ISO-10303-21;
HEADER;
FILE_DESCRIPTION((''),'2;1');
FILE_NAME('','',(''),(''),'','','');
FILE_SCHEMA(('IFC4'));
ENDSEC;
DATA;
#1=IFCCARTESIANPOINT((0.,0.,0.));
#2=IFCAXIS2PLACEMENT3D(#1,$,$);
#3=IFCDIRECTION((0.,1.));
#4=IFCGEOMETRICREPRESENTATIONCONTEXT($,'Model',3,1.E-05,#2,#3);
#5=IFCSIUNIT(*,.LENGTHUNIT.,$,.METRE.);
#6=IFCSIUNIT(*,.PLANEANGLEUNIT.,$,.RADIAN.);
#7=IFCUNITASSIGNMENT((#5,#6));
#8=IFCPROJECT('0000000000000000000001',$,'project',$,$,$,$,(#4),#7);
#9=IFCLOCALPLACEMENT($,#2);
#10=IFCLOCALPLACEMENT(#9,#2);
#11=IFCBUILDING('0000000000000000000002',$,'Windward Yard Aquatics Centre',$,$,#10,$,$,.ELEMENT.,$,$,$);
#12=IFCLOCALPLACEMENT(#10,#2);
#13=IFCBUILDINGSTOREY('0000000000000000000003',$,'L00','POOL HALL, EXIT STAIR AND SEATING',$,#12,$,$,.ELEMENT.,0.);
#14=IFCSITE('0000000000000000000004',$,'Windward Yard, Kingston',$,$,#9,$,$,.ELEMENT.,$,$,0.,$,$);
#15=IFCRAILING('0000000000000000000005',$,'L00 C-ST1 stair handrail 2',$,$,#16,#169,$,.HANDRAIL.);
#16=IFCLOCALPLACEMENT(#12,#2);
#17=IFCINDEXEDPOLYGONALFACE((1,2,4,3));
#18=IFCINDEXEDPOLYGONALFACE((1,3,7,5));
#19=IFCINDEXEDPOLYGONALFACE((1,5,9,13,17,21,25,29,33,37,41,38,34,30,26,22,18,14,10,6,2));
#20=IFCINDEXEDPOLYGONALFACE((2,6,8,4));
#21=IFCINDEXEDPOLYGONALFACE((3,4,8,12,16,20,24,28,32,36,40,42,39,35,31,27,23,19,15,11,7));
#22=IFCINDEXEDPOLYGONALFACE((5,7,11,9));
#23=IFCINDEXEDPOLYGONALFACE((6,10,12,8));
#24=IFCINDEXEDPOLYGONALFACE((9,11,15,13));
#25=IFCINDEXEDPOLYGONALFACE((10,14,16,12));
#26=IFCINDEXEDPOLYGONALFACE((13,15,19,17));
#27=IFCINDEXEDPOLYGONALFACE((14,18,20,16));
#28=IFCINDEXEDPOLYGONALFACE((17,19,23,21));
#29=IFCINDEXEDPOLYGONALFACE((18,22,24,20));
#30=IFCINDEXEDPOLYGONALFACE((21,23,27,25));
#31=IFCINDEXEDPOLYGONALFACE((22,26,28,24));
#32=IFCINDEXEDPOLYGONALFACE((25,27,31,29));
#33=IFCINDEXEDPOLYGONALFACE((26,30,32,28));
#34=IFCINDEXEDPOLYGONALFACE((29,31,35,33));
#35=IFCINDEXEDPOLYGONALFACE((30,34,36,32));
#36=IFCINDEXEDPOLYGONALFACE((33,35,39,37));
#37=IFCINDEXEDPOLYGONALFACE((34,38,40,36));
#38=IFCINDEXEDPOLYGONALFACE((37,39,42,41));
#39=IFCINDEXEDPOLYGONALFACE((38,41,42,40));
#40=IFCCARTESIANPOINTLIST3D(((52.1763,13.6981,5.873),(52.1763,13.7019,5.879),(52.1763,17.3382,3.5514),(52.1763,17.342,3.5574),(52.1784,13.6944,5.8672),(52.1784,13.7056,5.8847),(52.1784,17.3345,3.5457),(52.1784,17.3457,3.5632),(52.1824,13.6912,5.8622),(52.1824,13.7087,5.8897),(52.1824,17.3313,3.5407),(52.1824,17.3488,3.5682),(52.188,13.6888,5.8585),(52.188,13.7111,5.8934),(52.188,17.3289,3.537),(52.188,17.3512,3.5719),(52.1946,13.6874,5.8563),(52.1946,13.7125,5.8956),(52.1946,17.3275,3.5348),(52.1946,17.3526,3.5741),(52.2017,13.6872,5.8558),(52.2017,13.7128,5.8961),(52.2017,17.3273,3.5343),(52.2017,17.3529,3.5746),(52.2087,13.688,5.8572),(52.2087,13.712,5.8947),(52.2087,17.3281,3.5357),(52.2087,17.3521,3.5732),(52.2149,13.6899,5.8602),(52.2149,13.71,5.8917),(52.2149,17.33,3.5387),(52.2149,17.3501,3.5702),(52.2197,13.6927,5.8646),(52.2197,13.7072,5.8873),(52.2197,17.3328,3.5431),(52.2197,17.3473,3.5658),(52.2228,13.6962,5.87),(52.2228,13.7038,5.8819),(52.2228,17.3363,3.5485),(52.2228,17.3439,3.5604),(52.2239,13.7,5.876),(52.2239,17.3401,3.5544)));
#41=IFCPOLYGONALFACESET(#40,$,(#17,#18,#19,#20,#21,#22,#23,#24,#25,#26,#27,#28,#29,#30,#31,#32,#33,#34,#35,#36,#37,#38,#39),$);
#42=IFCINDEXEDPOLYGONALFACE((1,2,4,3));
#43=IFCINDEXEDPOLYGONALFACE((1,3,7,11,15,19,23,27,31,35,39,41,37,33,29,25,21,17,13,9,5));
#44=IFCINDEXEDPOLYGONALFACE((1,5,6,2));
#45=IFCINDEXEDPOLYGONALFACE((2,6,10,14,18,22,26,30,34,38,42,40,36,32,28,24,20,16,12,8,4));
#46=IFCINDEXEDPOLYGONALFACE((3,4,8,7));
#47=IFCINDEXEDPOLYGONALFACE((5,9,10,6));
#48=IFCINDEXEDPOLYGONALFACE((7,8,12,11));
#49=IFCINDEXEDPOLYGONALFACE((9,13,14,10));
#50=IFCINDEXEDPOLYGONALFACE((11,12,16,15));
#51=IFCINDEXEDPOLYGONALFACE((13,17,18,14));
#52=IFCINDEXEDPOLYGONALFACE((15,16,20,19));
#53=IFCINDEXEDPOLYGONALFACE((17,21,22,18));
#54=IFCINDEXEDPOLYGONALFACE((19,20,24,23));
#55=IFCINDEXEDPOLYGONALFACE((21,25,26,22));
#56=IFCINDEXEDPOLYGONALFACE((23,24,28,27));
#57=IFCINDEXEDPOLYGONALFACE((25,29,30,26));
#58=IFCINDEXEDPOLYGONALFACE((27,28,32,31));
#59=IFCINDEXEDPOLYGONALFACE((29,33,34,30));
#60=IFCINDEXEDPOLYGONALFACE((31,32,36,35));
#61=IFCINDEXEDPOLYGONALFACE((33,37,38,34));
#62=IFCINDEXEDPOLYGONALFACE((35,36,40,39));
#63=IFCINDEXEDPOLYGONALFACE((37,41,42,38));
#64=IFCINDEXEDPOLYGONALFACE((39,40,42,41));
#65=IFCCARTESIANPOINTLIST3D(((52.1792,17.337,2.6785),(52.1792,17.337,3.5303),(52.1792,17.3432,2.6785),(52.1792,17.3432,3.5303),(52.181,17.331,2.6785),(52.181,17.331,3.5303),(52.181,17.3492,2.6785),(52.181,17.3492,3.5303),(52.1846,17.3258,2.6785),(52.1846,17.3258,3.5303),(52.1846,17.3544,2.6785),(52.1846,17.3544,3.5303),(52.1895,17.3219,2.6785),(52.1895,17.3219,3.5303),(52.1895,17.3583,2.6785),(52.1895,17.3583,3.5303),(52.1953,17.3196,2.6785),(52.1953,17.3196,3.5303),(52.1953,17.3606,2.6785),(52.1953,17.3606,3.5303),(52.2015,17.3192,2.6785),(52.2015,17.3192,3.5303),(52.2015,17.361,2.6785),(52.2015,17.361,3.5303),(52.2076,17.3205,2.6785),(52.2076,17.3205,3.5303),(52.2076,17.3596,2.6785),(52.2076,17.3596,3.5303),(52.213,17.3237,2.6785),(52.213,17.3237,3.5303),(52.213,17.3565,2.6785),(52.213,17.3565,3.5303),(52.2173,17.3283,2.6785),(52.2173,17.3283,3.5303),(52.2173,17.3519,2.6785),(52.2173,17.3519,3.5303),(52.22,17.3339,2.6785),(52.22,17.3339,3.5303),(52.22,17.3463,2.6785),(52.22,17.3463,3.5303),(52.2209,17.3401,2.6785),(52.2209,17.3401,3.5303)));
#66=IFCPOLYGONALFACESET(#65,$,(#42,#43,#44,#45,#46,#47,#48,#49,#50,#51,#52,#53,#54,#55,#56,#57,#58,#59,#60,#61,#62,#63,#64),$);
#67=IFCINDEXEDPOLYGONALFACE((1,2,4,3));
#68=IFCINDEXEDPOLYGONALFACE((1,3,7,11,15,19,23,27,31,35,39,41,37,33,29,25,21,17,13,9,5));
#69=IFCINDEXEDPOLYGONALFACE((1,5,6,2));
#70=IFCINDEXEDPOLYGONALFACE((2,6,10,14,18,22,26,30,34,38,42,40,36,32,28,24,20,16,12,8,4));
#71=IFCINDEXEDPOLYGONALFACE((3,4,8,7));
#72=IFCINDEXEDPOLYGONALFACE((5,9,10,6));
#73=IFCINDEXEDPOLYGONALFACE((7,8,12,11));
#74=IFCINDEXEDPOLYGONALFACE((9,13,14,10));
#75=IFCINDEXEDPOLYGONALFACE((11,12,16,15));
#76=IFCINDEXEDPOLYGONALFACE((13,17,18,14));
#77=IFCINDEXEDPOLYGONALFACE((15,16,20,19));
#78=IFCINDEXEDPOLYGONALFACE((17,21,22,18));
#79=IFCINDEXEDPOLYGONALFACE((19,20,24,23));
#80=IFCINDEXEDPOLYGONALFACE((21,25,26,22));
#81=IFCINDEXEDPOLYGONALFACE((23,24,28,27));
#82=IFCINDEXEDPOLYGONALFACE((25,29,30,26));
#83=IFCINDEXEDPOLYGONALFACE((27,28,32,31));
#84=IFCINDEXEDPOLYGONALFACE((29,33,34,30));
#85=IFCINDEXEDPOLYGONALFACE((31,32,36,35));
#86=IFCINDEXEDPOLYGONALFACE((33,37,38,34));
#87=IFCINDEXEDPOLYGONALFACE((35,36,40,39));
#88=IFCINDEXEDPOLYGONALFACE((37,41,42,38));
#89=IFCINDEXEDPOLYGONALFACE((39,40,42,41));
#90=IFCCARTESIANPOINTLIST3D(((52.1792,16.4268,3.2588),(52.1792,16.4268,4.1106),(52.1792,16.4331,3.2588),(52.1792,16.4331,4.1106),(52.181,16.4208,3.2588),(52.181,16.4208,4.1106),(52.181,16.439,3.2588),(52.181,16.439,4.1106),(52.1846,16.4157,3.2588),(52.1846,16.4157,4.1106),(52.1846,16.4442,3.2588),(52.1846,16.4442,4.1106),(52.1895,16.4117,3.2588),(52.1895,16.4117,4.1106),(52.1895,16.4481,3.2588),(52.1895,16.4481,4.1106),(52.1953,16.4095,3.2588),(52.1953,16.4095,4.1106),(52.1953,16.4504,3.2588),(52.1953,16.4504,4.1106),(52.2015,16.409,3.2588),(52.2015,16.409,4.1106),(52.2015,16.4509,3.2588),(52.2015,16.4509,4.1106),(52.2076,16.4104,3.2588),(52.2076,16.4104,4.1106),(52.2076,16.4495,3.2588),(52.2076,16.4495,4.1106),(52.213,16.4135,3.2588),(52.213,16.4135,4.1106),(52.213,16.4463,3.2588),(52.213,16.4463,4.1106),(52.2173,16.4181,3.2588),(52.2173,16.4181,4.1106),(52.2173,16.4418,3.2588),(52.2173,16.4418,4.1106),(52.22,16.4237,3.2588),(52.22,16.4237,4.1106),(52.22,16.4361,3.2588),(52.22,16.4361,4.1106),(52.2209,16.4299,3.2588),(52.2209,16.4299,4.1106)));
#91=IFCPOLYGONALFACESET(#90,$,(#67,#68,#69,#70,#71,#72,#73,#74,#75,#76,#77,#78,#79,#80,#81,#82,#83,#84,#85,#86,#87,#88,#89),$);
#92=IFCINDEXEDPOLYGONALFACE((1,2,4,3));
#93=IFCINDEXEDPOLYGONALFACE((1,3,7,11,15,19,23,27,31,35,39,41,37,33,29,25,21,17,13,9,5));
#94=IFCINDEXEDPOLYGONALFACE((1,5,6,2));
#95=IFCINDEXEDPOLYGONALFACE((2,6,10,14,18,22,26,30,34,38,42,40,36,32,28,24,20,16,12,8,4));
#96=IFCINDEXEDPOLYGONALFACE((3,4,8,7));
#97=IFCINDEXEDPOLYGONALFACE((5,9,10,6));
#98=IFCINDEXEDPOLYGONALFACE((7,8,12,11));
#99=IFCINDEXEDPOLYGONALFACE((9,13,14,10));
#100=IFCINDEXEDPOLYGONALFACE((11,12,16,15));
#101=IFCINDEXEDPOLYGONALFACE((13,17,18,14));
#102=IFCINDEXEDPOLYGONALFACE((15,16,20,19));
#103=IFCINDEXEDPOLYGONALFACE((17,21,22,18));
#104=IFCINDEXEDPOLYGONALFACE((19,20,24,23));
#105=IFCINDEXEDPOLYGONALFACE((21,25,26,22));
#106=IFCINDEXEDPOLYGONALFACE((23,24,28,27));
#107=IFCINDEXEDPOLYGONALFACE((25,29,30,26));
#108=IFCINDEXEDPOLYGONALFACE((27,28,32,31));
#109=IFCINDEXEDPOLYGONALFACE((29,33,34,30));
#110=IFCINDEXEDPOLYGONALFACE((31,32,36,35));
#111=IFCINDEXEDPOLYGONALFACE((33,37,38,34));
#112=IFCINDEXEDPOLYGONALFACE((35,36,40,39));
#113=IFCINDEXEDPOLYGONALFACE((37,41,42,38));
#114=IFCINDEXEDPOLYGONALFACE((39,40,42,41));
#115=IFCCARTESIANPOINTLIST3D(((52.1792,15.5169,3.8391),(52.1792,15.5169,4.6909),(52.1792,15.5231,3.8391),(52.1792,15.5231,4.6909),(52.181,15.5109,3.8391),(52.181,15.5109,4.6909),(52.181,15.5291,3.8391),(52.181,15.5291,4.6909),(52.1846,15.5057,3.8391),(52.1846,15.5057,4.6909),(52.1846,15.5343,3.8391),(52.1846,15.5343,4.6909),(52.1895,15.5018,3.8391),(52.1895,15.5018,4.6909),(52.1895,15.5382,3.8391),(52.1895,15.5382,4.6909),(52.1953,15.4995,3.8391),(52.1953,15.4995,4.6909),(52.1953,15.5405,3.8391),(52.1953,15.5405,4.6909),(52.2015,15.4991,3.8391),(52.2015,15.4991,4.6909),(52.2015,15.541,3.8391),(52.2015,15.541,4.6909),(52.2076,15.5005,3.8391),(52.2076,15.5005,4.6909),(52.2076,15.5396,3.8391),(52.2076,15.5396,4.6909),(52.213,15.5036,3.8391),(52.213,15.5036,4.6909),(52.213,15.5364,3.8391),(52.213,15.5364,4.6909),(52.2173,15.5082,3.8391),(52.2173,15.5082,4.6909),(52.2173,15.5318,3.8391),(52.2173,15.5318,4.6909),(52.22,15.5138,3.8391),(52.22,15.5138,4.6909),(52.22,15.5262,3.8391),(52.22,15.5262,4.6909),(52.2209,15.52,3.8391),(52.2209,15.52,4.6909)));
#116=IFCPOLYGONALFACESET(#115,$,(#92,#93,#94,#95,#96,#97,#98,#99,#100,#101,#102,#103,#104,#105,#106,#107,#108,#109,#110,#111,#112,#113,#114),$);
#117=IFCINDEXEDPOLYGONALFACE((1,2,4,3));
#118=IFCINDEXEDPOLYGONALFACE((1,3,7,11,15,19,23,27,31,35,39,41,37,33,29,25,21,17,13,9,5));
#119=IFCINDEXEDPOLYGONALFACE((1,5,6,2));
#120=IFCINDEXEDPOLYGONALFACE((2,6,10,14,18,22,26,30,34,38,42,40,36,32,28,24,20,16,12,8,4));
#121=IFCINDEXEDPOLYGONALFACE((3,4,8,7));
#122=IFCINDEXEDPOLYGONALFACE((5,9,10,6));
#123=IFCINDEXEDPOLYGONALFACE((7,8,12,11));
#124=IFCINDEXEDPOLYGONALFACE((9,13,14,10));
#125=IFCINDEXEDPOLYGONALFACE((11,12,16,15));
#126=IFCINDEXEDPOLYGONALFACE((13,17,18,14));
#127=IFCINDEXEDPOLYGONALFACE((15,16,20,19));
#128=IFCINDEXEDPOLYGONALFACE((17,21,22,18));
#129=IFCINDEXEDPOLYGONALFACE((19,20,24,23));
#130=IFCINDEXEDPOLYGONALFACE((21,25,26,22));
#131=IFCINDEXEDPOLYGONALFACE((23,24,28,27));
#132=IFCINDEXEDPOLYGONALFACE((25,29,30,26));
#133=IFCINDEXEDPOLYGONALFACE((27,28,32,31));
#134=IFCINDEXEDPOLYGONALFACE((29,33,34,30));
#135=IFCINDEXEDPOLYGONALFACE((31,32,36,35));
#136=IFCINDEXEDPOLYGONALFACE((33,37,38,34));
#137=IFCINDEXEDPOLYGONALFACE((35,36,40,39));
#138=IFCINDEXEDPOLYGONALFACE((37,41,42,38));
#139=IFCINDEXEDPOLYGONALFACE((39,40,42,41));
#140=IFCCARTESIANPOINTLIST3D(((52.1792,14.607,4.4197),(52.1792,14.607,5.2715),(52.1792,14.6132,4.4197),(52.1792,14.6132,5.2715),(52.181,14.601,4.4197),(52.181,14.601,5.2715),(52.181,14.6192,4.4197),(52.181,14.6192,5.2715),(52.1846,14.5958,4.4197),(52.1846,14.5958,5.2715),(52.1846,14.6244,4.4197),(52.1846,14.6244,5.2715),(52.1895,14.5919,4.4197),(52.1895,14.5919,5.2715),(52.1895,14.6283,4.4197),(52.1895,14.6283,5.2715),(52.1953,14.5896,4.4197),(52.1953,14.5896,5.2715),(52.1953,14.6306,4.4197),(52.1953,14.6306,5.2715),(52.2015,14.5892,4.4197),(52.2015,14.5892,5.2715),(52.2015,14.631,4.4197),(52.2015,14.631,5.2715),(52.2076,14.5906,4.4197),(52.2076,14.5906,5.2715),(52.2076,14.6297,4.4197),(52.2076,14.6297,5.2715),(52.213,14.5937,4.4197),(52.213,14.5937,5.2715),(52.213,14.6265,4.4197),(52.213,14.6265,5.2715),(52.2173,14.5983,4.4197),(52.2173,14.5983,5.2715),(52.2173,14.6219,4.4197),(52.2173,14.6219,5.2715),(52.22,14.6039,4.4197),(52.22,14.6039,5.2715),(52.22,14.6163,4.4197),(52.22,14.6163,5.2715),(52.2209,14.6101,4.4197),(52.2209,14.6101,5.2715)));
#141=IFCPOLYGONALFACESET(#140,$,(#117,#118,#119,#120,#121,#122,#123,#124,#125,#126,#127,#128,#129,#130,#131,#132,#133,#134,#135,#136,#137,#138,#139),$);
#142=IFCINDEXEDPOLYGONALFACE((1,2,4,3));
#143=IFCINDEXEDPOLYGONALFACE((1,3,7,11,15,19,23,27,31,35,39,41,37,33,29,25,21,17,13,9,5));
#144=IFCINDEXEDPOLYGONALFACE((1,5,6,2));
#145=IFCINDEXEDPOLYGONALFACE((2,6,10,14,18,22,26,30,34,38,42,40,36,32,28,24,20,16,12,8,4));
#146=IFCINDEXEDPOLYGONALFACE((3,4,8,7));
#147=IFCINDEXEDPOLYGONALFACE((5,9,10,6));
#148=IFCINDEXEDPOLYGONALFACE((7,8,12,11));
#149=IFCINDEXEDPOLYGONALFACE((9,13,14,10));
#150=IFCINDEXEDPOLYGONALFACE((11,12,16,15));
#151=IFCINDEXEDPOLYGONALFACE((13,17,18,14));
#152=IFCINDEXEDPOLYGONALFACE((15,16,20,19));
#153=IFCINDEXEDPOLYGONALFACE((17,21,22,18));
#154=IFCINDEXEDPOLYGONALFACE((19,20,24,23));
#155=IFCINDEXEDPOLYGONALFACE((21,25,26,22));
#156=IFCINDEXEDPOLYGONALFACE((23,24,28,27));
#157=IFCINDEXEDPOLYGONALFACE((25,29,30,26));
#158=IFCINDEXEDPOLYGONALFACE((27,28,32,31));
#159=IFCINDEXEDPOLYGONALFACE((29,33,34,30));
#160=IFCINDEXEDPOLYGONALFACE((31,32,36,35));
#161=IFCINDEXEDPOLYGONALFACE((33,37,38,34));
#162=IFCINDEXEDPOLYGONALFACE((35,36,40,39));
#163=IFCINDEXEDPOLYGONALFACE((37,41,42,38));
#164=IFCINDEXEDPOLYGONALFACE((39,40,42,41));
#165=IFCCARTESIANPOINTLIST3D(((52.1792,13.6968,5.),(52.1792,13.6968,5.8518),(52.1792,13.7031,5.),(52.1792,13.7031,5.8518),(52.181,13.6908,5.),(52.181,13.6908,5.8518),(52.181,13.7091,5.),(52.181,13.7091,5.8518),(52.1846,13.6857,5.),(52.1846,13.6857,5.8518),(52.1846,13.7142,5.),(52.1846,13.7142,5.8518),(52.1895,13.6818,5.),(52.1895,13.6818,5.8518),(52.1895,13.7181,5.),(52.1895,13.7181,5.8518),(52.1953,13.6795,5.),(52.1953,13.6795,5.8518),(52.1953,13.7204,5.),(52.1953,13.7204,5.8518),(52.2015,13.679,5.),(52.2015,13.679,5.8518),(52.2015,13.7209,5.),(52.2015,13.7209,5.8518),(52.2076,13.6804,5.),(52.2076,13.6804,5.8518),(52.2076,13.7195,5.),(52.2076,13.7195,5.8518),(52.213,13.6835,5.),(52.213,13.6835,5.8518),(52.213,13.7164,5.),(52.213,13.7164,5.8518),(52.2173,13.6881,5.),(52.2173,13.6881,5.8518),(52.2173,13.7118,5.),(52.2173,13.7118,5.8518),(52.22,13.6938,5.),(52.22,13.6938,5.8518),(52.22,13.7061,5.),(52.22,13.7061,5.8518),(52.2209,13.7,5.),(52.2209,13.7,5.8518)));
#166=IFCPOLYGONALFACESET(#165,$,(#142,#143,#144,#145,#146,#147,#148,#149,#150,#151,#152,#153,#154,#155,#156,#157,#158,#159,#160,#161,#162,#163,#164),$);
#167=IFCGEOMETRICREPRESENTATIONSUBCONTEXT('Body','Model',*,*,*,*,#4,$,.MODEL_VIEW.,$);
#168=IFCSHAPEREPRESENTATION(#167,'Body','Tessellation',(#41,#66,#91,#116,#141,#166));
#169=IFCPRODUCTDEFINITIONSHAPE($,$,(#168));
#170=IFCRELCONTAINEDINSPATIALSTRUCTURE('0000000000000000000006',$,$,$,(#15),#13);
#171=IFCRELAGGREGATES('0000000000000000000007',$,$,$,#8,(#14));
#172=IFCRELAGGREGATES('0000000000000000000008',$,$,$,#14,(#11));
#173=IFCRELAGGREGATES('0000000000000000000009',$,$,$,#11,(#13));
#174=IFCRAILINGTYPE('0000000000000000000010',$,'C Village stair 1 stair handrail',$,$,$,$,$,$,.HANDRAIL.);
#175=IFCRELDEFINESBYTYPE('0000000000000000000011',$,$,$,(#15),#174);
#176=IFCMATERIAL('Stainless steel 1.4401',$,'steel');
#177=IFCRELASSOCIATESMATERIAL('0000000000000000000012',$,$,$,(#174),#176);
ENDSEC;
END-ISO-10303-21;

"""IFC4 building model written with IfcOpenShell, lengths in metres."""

from ifc_helpers import new_model, si_unit, direction, frame, origin, origin_2d, place, context, subcontext, project, spatial, circle, extrude, material, type_object, element, save


model = new_model("IFC4")

# Units and contexts
model_context = context("Model", 3, precision=1e-05, world=origin(), true_north=direction((0.0, 1.0)))
body_context = subcontext(model_context, "Body", "Model", "MODEL_VIEW")
ifc_project = project(units=[si_unit("LENGTHUNIT", "METRE"), si_unit("PLANEANGLEUNIT", "RADIAN")], contexts=[model_context])

# Site, building, storey
site_placement = place(None, origin())
site = spatial("IfcSite", under=ifc_project, at=site_placement, Name="Windward Yard, Kingston", CompositionType="ELEMENT", RefElevation=0.0)
building_placement = place(site_placement, origin())
building = spatial("IfcBuilding", under=site, at=building_placement, Name="Windward Yard Aquatics Centre", CompositionType="ELEMENT")
storey_placement = place(building_placement, origin())
storey = spatial("IfcBuildingStorey", under=building, at=storey_placement, Name="L00", Description="POOL HALL, EXIT STAIR AND SEATING", CompositionType="ELEMENT", Elevation=0.0)

# Railing
ifc_material_1 = material(Name="Stainless steel 1.4401", Category="steel")
railing_type = type_object("IfcRailingType", Name="C Village stair 1 stair handrail", PredefinedType="HANDRAIL", material=ifc_material_1)
railing_placement = place(storey_placement, frame((52.2, 17.3401, 2.6785)))
element("IfcRailing", 1, at=railing_placement, inside=storey, type_object=railing_type, Name="L00 C-ST1 stair handrail 2", PredefinedType="HANDRAIL", context=body_context, shape_type="SweptSolid", body=[
    extrude(circle(Radius=0.0239, at=origin_2d()), frame((0.0, 0.0, 0.876), z_axis=(0.0, -0.843128, 0.537713), x_axis=(1.0, 0.0, 0.0)), (0.0, 0.0, 1.0), 4.3174),
    extrude(circle(Radius=0.021, at=origin_2d()), origin(), (0.0, 0.0, 1.0), 0.8518),
    extrude(circle(Radius=0.021, at=origin_2d()), frame((0.0, -0.9102, 0.5803)), (0.0, 0.0, 1.0), 0.8518),
    extrude(circle(Radius=0.021, at=origin_2d()), frame((0.0, -1.8201, 1.1606)), (0.0, 0.0, 1.0), 0.8518),
    extrude(circle(Radius=0.021, at=origin_2d()), frame((0.0, -2.73, 1.7412)), (0.0, 0.0, 1.0), 0.8518),
    extrude(circle(Radius=0.021, at=origin_2d()), frame((0.0, -3.6401, 2.3215)), (0.0, 0.0, 1.0), 0.8518),
])

save(model, "model.ifc")
